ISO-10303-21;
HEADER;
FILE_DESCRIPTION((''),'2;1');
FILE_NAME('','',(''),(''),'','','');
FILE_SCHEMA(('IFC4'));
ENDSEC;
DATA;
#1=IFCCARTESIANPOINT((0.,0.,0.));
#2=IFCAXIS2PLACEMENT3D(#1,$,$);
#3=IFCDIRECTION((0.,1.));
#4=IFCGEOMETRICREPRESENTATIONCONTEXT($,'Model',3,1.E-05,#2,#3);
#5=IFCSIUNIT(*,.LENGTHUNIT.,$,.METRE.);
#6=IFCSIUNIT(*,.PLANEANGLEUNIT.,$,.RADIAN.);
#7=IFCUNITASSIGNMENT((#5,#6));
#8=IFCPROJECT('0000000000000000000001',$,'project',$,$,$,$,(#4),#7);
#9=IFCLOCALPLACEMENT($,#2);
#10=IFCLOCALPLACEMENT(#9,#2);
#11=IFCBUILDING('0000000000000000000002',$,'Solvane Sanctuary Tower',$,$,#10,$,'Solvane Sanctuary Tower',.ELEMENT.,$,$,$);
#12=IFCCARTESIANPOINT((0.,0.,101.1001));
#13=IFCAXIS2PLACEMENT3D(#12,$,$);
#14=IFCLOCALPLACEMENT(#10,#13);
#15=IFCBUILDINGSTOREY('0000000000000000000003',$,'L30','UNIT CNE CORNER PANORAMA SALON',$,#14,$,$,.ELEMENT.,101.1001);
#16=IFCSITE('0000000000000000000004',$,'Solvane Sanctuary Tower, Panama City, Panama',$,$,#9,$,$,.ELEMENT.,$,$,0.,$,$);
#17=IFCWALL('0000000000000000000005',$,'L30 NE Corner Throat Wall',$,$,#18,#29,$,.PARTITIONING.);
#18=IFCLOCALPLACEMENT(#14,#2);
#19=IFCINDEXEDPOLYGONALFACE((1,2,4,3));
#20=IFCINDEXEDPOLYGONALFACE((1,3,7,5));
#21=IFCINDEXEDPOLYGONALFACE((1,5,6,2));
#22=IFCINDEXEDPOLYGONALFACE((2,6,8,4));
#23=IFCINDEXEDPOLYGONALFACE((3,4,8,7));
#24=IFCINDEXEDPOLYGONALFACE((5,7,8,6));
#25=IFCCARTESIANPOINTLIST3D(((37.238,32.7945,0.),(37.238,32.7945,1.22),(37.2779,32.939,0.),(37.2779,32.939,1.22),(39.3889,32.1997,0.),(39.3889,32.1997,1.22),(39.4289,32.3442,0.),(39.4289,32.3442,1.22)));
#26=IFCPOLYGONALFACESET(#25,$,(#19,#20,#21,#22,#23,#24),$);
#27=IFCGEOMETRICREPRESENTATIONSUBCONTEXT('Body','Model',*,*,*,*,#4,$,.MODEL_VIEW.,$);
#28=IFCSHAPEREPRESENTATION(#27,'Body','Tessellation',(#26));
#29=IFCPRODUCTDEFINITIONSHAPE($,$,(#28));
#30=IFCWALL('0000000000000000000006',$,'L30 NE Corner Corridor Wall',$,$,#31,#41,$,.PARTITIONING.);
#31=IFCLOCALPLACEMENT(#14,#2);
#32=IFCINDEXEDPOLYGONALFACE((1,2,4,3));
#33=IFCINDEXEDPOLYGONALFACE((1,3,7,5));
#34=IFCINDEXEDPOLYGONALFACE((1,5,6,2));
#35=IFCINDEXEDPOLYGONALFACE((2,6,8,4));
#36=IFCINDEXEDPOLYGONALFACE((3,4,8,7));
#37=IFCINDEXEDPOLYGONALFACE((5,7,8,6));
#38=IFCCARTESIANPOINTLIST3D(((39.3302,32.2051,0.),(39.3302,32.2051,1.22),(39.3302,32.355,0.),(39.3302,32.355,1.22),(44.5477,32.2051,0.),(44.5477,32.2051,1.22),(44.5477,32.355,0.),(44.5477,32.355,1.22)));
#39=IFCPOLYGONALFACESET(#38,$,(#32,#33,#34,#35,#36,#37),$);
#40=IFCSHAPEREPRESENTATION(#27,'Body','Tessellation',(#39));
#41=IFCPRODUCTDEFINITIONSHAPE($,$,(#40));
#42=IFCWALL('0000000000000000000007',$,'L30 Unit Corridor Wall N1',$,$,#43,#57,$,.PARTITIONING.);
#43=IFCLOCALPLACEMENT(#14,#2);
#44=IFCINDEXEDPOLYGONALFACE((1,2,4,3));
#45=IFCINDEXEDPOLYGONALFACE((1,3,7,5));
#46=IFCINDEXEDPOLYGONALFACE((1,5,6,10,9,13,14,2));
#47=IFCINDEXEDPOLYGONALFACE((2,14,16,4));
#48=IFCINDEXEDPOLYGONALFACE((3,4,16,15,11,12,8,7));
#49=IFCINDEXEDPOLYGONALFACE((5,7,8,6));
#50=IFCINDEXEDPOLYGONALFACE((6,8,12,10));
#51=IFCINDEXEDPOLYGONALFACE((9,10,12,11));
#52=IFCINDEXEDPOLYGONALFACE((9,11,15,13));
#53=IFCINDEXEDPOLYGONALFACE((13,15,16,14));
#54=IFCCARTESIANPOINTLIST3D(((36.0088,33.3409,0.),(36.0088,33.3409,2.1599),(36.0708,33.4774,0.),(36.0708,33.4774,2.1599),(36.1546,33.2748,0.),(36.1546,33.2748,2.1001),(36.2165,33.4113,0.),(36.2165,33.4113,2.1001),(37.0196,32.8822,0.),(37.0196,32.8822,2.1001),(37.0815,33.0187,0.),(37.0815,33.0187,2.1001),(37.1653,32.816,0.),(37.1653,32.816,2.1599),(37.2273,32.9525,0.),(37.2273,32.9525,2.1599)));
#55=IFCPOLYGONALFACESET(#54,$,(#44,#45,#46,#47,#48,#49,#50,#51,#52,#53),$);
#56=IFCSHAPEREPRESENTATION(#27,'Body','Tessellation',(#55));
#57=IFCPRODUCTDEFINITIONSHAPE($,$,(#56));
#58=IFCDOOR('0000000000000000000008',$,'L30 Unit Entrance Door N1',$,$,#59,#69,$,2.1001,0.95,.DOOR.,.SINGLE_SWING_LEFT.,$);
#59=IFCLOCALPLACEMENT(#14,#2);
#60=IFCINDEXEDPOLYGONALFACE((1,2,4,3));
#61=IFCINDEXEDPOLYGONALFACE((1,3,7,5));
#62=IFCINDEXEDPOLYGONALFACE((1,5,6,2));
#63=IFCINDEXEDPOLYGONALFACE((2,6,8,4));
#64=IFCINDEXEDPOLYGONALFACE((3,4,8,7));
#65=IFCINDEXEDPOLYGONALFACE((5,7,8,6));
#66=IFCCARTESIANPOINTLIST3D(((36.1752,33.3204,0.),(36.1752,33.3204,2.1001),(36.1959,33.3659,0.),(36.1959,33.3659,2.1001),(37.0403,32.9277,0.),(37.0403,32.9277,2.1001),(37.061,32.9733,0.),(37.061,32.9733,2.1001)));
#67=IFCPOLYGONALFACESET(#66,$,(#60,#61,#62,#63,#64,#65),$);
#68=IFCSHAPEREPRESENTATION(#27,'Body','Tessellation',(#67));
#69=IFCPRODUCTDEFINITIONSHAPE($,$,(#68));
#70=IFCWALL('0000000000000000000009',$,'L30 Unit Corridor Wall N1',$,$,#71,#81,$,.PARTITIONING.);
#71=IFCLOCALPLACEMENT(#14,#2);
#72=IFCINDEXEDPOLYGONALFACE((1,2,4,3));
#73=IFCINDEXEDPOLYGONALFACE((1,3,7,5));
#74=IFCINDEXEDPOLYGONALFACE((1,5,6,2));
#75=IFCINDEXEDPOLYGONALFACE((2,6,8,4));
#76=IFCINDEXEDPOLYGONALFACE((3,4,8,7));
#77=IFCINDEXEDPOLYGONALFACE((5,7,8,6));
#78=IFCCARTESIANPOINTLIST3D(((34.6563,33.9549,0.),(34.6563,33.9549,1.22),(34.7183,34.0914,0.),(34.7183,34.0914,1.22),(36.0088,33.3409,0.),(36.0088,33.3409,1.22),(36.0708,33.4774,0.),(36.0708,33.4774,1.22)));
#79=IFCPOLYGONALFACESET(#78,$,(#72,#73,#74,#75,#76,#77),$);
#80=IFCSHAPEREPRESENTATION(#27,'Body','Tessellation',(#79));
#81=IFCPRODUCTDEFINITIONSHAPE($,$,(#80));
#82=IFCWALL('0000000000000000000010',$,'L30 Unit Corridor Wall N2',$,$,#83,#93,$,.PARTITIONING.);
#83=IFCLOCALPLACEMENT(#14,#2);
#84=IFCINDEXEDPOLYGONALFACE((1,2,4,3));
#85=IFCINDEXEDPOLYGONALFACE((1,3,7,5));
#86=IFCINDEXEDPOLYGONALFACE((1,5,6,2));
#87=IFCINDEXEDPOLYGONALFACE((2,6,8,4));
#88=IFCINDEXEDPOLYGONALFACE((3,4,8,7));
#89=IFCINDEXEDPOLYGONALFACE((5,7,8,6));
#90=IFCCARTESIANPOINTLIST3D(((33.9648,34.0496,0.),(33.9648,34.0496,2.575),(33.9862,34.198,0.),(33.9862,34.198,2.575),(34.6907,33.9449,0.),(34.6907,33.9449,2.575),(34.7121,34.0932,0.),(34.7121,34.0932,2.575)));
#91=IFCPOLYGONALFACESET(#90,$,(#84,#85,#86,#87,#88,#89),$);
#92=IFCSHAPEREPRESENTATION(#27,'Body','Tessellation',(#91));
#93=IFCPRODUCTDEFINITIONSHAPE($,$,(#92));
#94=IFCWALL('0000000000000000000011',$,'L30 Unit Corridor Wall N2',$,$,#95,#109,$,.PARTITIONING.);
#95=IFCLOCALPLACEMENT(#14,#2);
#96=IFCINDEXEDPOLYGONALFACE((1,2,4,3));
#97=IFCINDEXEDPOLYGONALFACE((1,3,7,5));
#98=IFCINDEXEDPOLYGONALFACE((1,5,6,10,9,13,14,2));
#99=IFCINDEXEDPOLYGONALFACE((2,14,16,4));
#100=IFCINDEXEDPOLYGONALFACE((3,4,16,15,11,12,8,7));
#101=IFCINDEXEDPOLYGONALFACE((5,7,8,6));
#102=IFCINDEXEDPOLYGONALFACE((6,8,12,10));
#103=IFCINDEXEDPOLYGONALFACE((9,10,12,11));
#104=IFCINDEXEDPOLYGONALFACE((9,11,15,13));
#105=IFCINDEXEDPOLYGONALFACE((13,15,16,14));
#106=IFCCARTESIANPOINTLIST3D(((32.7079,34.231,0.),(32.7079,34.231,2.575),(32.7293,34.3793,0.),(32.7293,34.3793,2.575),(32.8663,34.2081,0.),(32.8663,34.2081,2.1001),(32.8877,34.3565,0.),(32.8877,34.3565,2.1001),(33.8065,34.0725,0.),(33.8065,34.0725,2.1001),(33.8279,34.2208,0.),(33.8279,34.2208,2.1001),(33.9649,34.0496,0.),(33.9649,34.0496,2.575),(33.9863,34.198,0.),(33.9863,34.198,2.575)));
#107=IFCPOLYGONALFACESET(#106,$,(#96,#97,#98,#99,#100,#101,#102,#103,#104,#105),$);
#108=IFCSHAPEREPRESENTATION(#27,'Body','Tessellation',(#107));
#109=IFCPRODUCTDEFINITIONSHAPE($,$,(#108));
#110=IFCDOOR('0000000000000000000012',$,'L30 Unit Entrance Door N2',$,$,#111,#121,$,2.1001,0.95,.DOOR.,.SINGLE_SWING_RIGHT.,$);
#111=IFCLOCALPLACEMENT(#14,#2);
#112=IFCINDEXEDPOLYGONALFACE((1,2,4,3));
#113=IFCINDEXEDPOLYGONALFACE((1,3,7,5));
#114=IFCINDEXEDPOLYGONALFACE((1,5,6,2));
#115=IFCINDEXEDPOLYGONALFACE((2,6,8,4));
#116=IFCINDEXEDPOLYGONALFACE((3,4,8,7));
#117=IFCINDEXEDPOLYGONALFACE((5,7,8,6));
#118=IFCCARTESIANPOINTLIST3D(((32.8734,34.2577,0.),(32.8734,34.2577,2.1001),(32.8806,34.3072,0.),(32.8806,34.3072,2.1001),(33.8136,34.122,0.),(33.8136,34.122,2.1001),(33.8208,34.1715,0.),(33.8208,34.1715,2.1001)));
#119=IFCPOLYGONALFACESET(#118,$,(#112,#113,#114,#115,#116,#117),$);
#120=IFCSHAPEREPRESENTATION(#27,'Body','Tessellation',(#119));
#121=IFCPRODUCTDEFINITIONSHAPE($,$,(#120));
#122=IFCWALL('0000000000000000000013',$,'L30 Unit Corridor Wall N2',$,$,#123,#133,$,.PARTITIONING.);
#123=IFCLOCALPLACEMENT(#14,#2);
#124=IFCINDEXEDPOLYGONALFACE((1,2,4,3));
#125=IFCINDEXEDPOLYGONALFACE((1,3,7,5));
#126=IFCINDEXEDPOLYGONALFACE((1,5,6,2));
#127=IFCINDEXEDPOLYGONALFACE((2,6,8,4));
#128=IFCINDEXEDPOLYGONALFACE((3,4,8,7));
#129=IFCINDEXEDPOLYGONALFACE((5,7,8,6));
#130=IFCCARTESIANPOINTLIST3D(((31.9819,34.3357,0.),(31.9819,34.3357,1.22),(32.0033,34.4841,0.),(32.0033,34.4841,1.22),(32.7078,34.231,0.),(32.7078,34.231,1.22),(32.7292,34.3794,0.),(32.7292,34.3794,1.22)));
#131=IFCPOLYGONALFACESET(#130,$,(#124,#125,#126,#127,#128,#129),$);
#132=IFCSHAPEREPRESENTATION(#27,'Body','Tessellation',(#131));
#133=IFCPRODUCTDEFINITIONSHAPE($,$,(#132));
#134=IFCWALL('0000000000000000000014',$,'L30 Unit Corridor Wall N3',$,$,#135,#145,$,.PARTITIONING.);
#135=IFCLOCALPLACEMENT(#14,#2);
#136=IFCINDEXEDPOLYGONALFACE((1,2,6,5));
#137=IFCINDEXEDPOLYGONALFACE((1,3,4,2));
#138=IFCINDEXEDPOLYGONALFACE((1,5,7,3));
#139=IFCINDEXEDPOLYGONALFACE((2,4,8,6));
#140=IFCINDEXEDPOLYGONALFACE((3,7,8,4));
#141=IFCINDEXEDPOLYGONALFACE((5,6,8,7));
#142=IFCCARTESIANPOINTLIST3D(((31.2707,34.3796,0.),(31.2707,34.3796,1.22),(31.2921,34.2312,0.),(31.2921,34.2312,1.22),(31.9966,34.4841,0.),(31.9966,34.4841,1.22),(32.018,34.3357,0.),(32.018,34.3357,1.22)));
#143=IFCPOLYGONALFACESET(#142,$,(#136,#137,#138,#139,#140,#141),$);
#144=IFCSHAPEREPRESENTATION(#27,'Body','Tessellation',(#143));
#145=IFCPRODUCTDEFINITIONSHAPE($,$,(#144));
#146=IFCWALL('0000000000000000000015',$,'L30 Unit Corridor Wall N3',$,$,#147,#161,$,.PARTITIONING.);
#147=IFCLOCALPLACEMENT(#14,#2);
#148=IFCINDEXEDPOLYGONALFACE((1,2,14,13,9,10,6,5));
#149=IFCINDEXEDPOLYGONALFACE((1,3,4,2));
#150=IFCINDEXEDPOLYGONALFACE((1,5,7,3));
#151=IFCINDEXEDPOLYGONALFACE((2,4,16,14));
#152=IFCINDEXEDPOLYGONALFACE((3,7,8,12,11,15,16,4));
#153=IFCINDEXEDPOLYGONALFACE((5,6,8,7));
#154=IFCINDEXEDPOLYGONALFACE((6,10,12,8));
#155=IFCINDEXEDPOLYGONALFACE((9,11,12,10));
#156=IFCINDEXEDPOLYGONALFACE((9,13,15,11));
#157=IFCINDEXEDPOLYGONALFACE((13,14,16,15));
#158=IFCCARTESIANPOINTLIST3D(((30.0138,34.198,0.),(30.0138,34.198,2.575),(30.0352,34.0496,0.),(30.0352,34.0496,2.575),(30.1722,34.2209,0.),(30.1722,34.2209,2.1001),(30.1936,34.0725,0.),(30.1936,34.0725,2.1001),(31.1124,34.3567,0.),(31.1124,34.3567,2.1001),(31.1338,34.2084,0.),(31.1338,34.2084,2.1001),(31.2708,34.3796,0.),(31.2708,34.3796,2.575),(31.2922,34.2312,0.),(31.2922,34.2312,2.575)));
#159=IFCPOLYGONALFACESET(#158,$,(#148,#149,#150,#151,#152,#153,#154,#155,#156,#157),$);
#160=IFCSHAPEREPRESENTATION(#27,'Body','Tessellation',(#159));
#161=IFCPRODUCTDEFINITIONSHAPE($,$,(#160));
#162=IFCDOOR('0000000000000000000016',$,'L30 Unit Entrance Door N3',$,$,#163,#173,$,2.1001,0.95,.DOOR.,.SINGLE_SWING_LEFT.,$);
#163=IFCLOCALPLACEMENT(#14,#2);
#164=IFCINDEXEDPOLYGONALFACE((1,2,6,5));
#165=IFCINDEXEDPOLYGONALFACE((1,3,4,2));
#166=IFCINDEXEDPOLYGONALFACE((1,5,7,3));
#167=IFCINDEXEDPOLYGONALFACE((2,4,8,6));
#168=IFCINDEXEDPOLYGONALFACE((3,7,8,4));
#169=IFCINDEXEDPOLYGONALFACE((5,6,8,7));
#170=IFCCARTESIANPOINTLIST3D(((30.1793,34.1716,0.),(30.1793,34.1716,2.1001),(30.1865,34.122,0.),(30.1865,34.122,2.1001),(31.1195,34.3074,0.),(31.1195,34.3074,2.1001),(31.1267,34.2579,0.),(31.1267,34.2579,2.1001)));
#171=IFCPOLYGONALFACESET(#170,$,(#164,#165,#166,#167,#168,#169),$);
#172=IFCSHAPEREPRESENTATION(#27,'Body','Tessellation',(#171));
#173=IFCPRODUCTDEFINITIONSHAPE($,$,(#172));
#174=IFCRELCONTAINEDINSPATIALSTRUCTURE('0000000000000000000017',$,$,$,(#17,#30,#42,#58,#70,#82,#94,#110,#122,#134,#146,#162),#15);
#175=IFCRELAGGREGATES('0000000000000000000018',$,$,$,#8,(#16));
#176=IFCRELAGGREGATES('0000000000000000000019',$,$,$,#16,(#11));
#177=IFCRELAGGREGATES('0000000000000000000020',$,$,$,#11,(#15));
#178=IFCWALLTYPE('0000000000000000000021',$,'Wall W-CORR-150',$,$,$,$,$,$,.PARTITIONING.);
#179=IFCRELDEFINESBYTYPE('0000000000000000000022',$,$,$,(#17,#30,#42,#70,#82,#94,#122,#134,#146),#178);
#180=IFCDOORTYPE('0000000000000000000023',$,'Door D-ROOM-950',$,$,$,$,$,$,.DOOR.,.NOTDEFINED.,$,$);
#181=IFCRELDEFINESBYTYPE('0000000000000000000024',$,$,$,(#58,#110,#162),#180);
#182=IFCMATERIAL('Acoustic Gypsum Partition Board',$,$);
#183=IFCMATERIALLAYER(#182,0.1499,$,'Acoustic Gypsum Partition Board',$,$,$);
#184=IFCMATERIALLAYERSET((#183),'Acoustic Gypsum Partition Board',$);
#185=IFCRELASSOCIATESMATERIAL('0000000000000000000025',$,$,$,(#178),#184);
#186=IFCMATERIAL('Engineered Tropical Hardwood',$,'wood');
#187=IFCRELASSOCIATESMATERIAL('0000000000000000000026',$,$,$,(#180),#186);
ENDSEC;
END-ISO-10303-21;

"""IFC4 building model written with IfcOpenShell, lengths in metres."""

from ifc_helpers import new_model, si_unit, direction, frame, frame_2d, origin, place, context, subcontext, project, spatial, rectangle, extrude, material, layer, layer_set, type_object, element, fill, save


model = new_model("IFC4")

# Units and contexts
model_context = context("Model", 3, precision=1e-05, world=origin(), true_north=direction((0.0, 1.0)))
body_context = subcontext(model_context, "Body", "Model", "MODEL_VIEW")
ifc_project = project(units=[si_unit("LENGTHUNIT", "METRE"), si_unit("PLANEANGLEUNIT", "RADIAN")], contexts=[model_context])

# Site, building, storey
site_placement = place(None, origin())
site = spatial("IfcSite", under=ifc_project, at=site_placement, Name="Solvane Sanctuary Tower, Panama City, Panama", CompositionType="ELEMENT", RefElevation=0.0)
building_placement = place(site_placement, origin())
building = spatial("IfcBuilding", under=site, at=building_placement, Name="Solvane Sanctuary Tower", LongName="Solvane Sanctuary Tower", CompositionType="ELEMENT")
storey_placement = place(building_placement, frame((0.0, 0.0, 101.1001)))
storey = spatial("IfcBuildingStorey", under=building, at=storey_placement, Name="L30", Description="UNIT CNE CORNER PANORAMA SALON", CompositionType="ELEMENT", Elevation=101.1001)

# Walls
ifc_material_1 = material(Name="Acoustic Gypsum Partition Board")
ifc_layer_1 = layer(ifc_material_1, 0.1499, Name="Acoustic Gypsum Partition Board")
ifc_layer_set_1 = layer_set([ifc_layer_1], Name="Acoustic Gypsum Partition Board")
wall_type_1 = type_object("IfcWallType", Name="Wall W-CORR-150", PredefinedType="PARTITIONING", material=ifc_layer_set_1)
wall_1_placement = place(storey_placement, frame((37.2581, 32.8667, 0.0), z_axis=(0.0, 0.0, 1.0), x_axis=(0.963834, -0.266504, 0.0)))
element("IfcWall", 1, at=wall_1_placement, inside=storey, type_object=wall_type_1, Name="L30 NE Corner Throat Wall", PredefinedType="PARTITIONING", context=body_context, shape_type="SweptSolid", body=[
    extrude(rectangle(XDim=2.2317, YDim=0.1499, at=frame_2d((1.1157, 0.0))), origin(), (0.0, 0.0, 1.0), 1.22),
])
wall_2_placement = place(storey_placement, frame((39.3301, 32.28, 0.0), z_axis=(0.0, 0.0, 1.0), x_axis=(1.0, 0.0, 0.0)))
element("IfcWall", 2, at=wall_2_placement, inside=storey, type_object=wall_type_1, Name="L30 NE Corner Corridor Wall", PredefinedType="PARTITIONING", context=body_context, shape_type="SweptSolid", body=[
    extrude(rectangle(XDim=5.2175, YDim=0.1499, at=frame_2d((2.6089, 0.0))), origin(), (0.0, 0.0, 1.0), 1.22),
])

# Wall, opening, door
wall_3_placement = place(storey_placement, frame((37.1963, 32.8843, 0.0), z_axis=(0.0, 0.0, 1.0), x_axis=(-0.910597, 0.413296, 0.0)))
wall_3 = element("IfcWall", 3, at=wall_3_placement, inside=storey, type_object=wall_type_1, Name="L30 Unit Corridor Wall N1", PredefinedType="PARTITIONING", context=body_context, shape_type="SweptSolid", body=[
    extrude(rectangle(XDim=1.27, YDim=0.1499, at=frame_2d((0.635, 0.0))), origin(), (0.0, 0.0, 1.0), 2.1599),
])
opening_1_placement = place(wall_3_placement, frame((0.1599, 0.0, 0.0)))
opening_1 = element("IfcOpeningElement", 4, at=opening_1_placement, cuts=wall_3, PredefinedType="OPENING", context=body_context, shape_type="SweptSolid", body=[
    extrude(rectangle(XDim=0.95, YDim=2.1001, at=frame_2d((0.4751, 1.05))), frame((0.0, 0.085, 0.0), z_axis=(0.0, -1.0, 0.0), x_axis=(1.0, 0.0, 0.0)), (0.0, 0.0, 1.0), 0.1699),
])
ifc_material_2 = material(Name="Engineered Tropical Hardwood", Category="wood")
door_type = type_object("IfcDoorType", Name="Door D-ROOM-950", OperationType="NOTDEFINED", PredefinedType="DOOR", material=ifc_material_2)
door_1_placement = place(opening_1_placement, origin())
door_1 = element("IfcDoor", 5, at=door_1_placement, inside=storey, type_object=door_type, Name="L30 Unit Entrance Door N1", OperationType="SINGLE_SWING_LEFT", OverallHeight=2.1001, OverallWidth=0.95, PredefinedType="DOOR", context=body_context, shape_type="SweptSolid", body=[
    extrude(rectangle(XDim=0.95, YDim=2.1001, at=frame_2d((0.4751, 1.05))), frame((0.0, 0.0249, 0.0), z_axis=(0.0, -1.0, 0.0), x_axis=(1.0, 0.0, 0.0)), (0.0, 0.0, 1.0), 0.05),
])
fill(opening_1, door_1)

# Walls
wall_4_placement = place(storey_placement, frame((36.0398, 33.4092, 0.0), z_axis=(0.0, 0.0, 1.0), x_axis=(-0.910563, 0.413369, 0.0)))
element("IfcWall", 6, at=wall_4_placement, inside=storey, type_object=wall_type_1, Name="L30 Unit Corridor Wall N1", PredefinedType="PARTITIONING", context=body_context, shape_type="SweptSolid", body=[
    extrude(rectangle(XDim=1.4854, YDim=0.1499, at=frame_2d((0.7427, 0.0))), origin(), (0.0, 0.0, 1.0), 1.22),
])
wall_5_placement = place(storey_placement, frame((34.7014, 34.019, 0.0), z_axis=(0.0, 0.0, 1.0), x_axis=(-0.989749, 0.142819, 0.0)))
element("IfcWall", 7, at=wall_5_placement, inside=storey, type_object=wall_type_1, Name="L30 Unit Corridor Wall N2", PredefinedType="PARTITIONING", context=body_context, shape_type="SweptSolid", body=[
    extrude(rectangle(XDim=0.7334, YDim=0.1499, at=frame_2d((0.3667, 0.0))), origin(), (0.0, 0.0, 1.0), 2.575),
])

# Wall, opening, door
wall_6_placement = place(storey_placement, frame((33.9756, 34.1238, 0.0), z_axis=(0.0, 0.0, 1.0), x_axis=(-0.989749, 0.142821, 0.0)))
wall_6 = element("IfcWall", 8, at=wall_6_placement, inside=storey, type_object=wall_type_1, Name="L30 Unit Corridor Wall N2", PredefinedType="PARTITIONING", context=body_context, shape_type="SweptSolid", body=[
    extrude(rectangle(XDim=1.27, YDim=0.1499, at=frame_2d((0.635, 0.0))), origin(), (0.0, 0.0, 1.0), 2.575),
])
opening_2_placement = place(wall_6_placement, frame((0.1599, 0.0, 0.0)))
opening_2 = element("IfcOpeningElement", 9, at=opening_2_placement, cuts=wall_6, PredefinedType="OPENING", context=body_context, shape_type="SweptSolid", body=[
    extrude(rectangle(XDim=0.95, YDim=2.1001, at=frame_2d((0.4751, 1.05))), frame((0.0, 0.085, 0.0), z_axis=(0.0, -1.0, 0.0), x_axis=(1.0, 0.0, 0.0)), (0.0, 0.0, 1.0), 0.1699),
])
door_2_placement = place(opening_2_placement, origin())
door_2 = element("IfcDoor", 10, at=door_2_placement, inside=storey, type_object=door_type, Name="L30 Unit Entrance Door N2", OperationType="SINGLE_SWING_RIGHT", OverallHeight=2.1001, OverallWidth=0.95, PredefinedType="DOOR", context=body_context, shape_type="SweptSolid", body=[
    extrude(rectangle(XDim=0.95, YDim=2.1001, at=frame_2d((0.4751, 1.05))), frame((0.0, 0.0249, 0.0), z_axis=(0.0, -1.0, 0.0), x_axis=(1.0, 0.0, 0.0)), (0.0, 0.0, 1.0), 0.05),
])
fill(opening_2, door_2)

# Walls
for number, where, z_axis, x_axis, name in (
    (11, (32.7185, 34.3052, 0.0), (0.0, 0.0, 1.0), (-0.989749, 0.142819, 0.0), "L30 Unit Corridor Wall N2"),
    (12, (32.0073, 34.4099, 0.0), (0.0, 0.0, 1.0), (-0.989796, -0.142493, 0.0), "L30 Unit Corridor Wall N3"),
):
    element("IfcWall", number, at=place(storey_placement, frame(where, z_axis=z_axis, x_axis=x_axis)), inside=storey, type_object=wall_type_1, Name=name, PredefinedType="PARTITIONING", context=body_context, shape_type="SweptSolid", body=[
        extrude(rectangle(XDim=0.7334, YDim=0.1499, at=frame_2d((0.3667, 0.0))), origin(), (0.0, 0.0, 1.0), 1.22),
    ])

# Wall, opening, door
wall_7_placement = place(storey_placement, frame((31.2815, 34.3054, 0.0), z_axis=(0.0, 0.0, 1.0), x_axis=(-0.989721, -0.143009, 0.0)))
wall_7 = element("IfcWall", 13, at=wall_7_placement, inside=storey, type_object=wall_type_1, Name="L30 Unit Corridor Wall N3", PredefinedType="PARTITIONING", context=body_context, shape_type="SweptSolid", body=[
    extrude(rectangle(XDim=1.27, YDim=0.1499, at=frame_2d((0.635, 0.0))), origin(), (0.0, 0.0, 1.0), 2.575),
])
opening_3_placement = place(wall_7_placement, frame((0.1599, 0.0, 0.0)))
opening_3 = element("IfcOpeningElement", 14, at=opening_3_placement, cuts=wall_7, PredefinedType="OPENING", context=body_context, shape_type="SweptSolid", body=[
    extrude(rectangle(XDim=0.95, YDim=2.1001, at=frame_2d((0.4751, 1.05))), frame((0.0, 0.085, 0.0), z_axis=(0.0, -1.0, 0.0), x_axis=(1.0, 0.0, 0.0)), (0.0, 0.0, 1.0), 0.1699),
])
door_3_placement = place(opening_3_placement, origin())
door_3 = element("IfcDoor", 15, at=door_3_placement, inside=storey, type_object=door_type, Name="L30 Unit Entrance Door N3", OperationType="SINGLE_SWING_LEFT", OverallHeight=2.1001, OverallWidth=0.95, PredefinedType="DOOR", context=body_context, shape_type="SweptSolid", body=[
    extrude(rectangle(XDim=0.95, YDim=2.1001, at=frame_2d((0.4751, 1.05))), frame((0.0, 0.0249, 0.0), z_axis=(0.0, -1.0, 0.0), x_axis=(1.0, 0.0, 0.0)), (0.0, 0.0, 1.0), 0.05),
])
fill(opening_3, door_3)

save(model, "model.ifc")
